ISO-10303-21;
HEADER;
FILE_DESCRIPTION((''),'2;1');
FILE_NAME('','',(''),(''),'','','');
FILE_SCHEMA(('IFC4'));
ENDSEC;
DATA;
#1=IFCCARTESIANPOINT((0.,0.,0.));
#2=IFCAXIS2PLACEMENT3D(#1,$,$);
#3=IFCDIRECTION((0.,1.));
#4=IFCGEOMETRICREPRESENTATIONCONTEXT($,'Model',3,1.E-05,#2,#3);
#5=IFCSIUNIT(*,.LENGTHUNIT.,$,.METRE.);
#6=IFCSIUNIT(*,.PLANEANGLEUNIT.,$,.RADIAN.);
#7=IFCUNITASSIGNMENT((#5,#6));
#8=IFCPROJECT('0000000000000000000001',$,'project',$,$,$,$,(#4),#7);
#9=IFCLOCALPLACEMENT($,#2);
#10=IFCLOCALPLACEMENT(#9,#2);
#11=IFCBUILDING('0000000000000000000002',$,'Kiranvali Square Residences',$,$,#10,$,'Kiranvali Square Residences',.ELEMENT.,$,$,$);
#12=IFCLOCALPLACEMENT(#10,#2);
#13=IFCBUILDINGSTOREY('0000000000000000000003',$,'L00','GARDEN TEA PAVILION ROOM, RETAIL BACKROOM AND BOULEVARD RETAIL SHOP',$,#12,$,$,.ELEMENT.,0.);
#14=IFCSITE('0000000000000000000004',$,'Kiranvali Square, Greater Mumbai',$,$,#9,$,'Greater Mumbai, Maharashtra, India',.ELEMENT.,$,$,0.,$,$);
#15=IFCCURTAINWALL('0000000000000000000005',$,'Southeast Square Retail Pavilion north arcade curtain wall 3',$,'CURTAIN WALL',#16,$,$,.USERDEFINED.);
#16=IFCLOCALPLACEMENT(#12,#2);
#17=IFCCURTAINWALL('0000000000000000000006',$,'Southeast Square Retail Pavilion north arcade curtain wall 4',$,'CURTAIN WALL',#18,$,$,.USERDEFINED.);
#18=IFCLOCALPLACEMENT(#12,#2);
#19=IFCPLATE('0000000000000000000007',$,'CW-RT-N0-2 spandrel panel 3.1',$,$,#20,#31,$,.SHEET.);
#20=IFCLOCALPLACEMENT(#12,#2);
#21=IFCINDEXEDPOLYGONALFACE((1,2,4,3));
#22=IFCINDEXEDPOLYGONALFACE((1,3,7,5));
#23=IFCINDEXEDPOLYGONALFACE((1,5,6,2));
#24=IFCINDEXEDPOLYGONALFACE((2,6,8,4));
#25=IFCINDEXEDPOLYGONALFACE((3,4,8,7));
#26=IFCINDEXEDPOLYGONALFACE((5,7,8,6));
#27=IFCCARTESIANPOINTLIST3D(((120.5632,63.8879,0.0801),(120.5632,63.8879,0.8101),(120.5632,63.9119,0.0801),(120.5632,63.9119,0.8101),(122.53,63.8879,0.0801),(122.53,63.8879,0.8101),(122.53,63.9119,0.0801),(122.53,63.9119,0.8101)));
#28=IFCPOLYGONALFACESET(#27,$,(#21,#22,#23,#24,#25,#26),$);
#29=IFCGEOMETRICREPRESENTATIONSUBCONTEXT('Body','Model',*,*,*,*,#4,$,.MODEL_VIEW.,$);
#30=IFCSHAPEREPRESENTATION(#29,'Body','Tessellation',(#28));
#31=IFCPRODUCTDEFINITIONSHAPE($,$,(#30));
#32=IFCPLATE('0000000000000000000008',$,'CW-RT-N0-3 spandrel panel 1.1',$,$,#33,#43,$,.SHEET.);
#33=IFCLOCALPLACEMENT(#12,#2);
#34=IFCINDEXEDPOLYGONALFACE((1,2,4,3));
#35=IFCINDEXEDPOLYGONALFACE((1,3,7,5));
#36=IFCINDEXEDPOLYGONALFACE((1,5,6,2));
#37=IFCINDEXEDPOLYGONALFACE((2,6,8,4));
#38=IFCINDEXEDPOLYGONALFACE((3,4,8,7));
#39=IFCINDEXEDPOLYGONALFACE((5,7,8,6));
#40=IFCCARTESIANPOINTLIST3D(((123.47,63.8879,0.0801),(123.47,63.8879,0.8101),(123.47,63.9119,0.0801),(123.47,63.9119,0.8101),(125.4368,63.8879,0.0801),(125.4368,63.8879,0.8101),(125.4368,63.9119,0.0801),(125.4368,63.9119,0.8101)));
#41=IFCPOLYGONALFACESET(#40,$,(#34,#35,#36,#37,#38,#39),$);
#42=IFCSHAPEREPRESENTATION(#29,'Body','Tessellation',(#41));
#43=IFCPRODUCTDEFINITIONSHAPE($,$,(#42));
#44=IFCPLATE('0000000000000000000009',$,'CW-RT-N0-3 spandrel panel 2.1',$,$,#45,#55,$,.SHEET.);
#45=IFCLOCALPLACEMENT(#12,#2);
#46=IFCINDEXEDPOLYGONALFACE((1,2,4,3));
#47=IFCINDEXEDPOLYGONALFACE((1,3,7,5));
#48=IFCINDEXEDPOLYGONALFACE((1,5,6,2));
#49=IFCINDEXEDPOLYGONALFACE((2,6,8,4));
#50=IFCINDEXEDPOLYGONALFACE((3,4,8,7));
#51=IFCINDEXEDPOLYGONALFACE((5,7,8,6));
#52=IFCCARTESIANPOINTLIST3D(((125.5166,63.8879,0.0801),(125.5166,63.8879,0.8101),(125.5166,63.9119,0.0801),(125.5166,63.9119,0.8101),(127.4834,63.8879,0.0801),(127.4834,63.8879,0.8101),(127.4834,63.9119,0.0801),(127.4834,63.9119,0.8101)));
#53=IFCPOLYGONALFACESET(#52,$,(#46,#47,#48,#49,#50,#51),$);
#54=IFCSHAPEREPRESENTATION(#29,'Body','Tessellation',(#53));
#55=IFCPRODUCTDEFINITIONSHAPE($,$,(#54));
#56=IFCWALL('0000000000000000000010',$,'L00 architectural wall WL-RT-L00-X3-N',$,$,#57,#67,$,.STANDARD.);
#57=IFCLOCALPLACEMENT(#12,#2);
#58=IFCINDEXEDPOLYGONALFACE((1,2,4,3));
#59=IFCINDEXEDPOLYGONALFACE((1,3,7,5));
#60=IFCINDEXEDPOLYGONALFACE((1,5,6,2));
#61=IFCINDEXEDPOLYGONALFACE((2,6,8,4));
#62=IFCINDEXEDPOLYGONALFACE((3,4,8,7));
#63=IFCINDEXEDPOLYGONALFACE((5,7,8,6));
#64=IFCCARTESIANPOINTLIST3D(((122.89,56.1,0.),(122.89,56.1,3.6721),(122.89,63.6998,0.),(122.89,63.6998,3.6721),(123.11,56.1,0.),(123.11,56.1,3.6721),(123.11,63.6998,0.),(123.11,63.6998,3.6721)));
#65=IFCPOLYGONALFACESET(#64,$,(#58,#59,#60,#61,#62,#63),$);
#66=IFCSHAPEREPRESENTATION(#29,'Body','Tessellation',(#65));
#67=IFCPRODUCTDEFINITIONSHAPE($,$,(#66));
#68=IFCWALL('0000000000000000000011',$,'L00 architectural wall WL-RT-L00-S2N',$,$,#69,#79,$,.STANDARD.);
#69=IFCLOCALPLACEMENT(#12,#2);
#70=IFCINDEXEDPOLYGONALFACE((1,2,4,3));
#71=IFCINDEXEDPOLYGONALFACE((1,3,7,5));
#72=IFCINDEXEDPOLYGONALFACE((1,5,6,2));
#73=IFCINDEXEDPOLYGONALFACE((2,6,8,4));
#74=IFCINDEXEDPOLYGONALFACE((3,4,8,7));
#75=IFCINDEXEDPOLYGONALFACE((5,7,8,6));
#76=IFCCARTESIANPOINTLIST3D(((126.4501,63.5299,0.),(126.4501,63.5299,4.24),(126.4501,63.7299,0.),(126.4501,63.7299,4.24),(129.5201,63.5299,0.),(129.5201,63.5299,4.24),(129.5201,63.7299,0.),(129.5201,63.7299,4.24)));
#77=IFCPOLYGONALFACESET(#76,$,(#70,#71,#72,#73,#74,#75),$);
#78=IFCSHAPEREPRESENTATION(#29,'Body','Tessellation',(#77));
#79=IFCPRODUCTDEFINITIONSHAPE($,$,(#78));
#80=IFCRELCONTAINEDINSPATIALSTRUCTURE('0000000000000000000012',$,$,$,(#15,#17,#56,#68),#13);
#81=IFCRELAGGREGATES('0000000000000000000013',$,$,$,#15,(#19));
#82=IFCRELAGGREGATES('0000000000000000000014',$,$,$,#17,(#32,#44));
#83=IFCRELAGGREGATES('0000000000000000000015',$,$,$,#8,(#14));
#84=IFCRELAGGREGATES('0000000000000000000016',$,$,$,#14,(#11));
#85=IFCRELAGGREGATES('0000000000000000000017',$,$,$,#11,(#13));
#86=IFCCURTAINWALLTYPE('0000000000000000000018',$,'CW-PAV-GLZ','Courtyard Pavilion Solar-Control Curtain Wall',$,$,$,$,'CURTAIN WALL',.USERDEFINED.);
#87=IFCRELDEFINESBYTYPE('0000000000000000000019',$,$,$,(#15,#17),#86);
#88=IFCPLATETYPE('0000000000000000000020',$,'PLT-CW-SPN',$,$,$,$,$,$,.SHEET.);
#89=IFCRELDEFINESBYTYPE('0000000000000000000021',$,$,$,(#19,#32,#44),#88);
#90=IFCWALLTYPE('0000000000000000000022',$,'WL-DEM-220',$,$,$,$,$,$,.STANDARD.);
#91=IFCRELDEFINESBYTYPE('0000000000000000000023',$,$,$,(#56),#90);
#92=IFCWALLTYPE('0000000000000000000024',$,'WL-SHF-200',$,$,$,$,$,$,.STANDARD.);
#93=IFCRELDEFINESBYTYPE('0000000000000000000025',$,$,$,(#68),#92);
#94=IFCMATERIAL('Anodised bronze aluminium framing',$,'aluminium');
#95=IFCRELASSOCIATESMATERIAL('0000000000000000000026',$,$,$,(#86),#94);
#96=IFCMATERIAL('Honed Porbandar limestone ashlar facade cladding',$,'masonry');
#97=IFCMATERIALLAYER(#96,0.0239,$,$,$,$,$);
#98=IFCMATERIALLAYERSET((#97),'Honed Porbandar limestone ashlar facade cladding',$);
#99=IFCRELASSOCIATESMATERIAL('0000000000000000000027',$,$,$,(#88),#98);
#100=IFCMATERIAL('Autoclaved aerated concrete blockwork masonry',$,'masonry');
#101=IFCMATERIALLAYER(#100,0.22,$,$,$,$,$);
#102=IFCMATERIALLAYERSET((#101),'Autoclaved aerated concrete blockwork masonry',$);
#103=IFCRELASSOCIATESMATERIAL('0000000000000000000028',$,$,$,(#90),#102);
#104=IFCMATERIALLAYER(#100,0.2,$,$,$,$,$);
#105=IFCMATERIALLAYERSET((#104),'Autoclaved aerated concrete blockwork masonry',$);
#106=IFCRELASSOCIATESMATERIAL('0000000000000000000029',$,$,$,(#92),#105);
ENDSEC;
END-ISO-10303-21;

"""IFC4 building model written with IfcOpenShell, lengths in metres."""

from ifc_helpers import new_model, si_unit, direction, frame, frame_2d, origin, origin_2d, place, context, subcontext, project, spatial, rectangle, extrude, material, layer, layer_set, type_object, element, aggregate, save


model = new_model("IFC4")

# Units and contexts
model_context = context("Model", 3, precision=1e-05, world=origin(), true_north=direction((0.0, 1.0)))
body_context = subcontext(model_context, "Body", "Model", "MODEL_VIEW")
ifc_project = project(units=[si_unit("LENGTHUNIT", "METRE"), si_unit("PLANEANGLEUNIT", "RADIAN")], contexts=[model_context])

# Site, building, storey
site_placement = place(None, origin())
site = spatial("IfcSite", under=ifc_project, at=site_placement, Name="Kiranvali Square, Greater Mumbai", LongName="Greater Mumbai, Maharashtra, India", CompositionType="ELEMENT", RefElevation=0.0)
building_placement = place(site_placement, origin())
building = spatial("IfcBuilding", under=site, at=building_placement, Name="Kiranvali Square Residences", LongName="Kiranvali Square Residences", CompositionType="ELEMENT")
storey_placement = place(building_placement, origin())
storey = spatial("IfcBuildingStorey", under=building, at=storey_placement, Name="L00", Description="GARDEN TEA PAVILION ROOM, RETAIL BACKROOM AND BOULEVARD RETAIL SHOP", CompositionType="ELEMENT", Elevation=0.0)

# Curtain walls
ifc_material_1 = material(Name="Anodised bronze aluminium framing", Category="aluminium")
curtain_wall_type = type_object("IfcCurtainWallType", Name="CW-PAV-GLZ", Description="Courtyard Pavilion Solar-Control Curtain Wall", ElementType="CURTAIN WALL", PredefinedType="USERDEFINED", material=ifc_material_1)
curtain_wall_1_placement = place(storey_placement, origin())
curtain_wall_1 = element("IfcCurtainWall", 1, at=curtain_wall_1_placement, inside=storey, type_object=curtain_wall_type, Name="Southeast Square Retail Pavilion north arcade curtain wall 3", ObjectType="CURTAIN WALL", PredefinedType="USERDEFINED")
curtain_wall_2_placement = place(storey_placement, origin())
curtain_wall_2 = element("IfcCurtainWall", 2, at=curtain_wall_2_placement, inside=storey, type_object=curtain_wall_type, Name="Southeast Square Retail Pavilion north arcade curtain wall 4", ObjectType="CURTAIN WALL", PredefinedType="USERDEFINED")

# Plates
ifc_material_2 = material(Name="Honed Porbandar limestone ashlar facade cladding", Category="masonry")
ifc_layer_1 = layer(ifc_material_2, 0.0239)
ifc_layer_set_1 = layer_set([ifc_layer_1], Name="Honed Porbandar limestone ashlar facade cladding")
plate_type_1 = type_object("IfcPlateType", Name="PLT-CW-SPN", PredefinedType="SHEET", material=ifc_layer_set_1)
plate_1_placement = place(storey_placement, frame((121.5466, 63.8999, 0.0801), z_axis=(0.0, 0.0, 1.0), x_axis=(1.0, 0.0, 0.0)))
plate_1 = element("IfcPlate", 3, at=plate_1_placement, type_object=plate_type_1, Name="CW-RT-N0-2 spandrel panel 3.1", PredefinedType="SHEET", context=body_context, shape_type="SweptSolid", body=[
    extrude(rectangle(XDim=1.9668, YDim=0.0239, at=origin_2d()), origin(), (0.0, 0.0, 1.0), 0.73),
])
aggregate(curtain_wall_1, [plate_1])
plate_2_placement = place(storey_placement, frame((124.4534, 63.8999, 0.0801), z_axis=(0.0, 0.0, 1.0), x_axis=(1.0, 0.0, 0.0)))
plate_2 = element("IfcPlate", 4, at=plate_2_placement, type_object=plate_type_1, Name="CW-RT-N0-3 spandrel panel 1.1", PredefinedType="SHEET", context=body_context, shape_type="SweptSolid", body=[
    extrude(rectangle(XDim=1.9668, YDim=0.0239, at=origin_2d()), origin(), (0.0, 0.0, 1.0), 0.73),
])
plate_3_placement = place(storey_placement, frame((126.5, 63.8999, 0.0801), z_axis=(0.0, 0.0, 1.0), x_axis=(1.0, 0.0, 0.0)))
plate_3 = element("IfcPlate", 5, at=plate_3_placement, type_object=plate_type_1, Name="CW-RT-N0-3 spandrel panel 2.1", PredefinedType="SHEET", context=body_context, shape_type="SweptSolid", body=[
    extrude(rectangle(XDim=1.9668, YDim=0.0239, at=origin_2d()), origin(), (0.0, 0.0, 1.0), 0.73),
])
aggregate(curtain_wall_2, [plate_2, plate_3])

# Walls
ifc_material_3 = material(Name="Autoclaved aerated concrete blockwork masonry", Category="masonry")
ifc_layer_2 = layer(ifc_material_3, 0.22)
ifc_layer_set_2 = layer_set([ifc_layer_2], Name="Autoclaved aerated concrete blockwork masonry")
wall_type_1 = type_object("IfcWallType", Name="WL-DEM-220", PredefinedType="STANDARD", material=ifc_layer_set_2)
wall_1_placement = place(storey_placement, frame((123.0, 56.1001, 0.0), z_axis=(0.0, 0.0, 1.0), x_axis=(0.0, 1.0, 0.0)))
element("IfcWall", 6, at=wall_1_placement, inside=storey, type_object=wall_type_1, Name="L00 architectural wall WL-RT-L00-X3-N", PredefinedType="STANDARD", context=body_context, shape_type="SweptSolid", body=[
    extrude(rectangle(XDim=7.5999, YDim=0.22, at=frame_2d((3.7998, 0.0))), origin(), (0.0, 0.0, 1.0), 3.6721),
])
ifc_layer_3 = layer(ifc_material_3, 0.2)
ifc_layer_set_3 = layer_set([ifc_layer_3], Name="Autoclaved aerated concrete blockwork masonry")
wall_type_2 = type_object("IfcWallType", Name="WL-SHF-200", PredefinedType="STANDARD", material=ifc_layer_set_3)
wall_2_placement = place(storey_placement, frame((126.45, 63.6299, 0.0), z_axis=(0.0, 0.0, 1.0), x_axis=(1.0, 0.0, 0.0)))
element("IfcWall", 7, at=wall_2_placement, inside=storey, type_object=wall_type_2, Name="L00 architectural wall WL-RT-L00-S2N", PredefinedType="STANDARD", context=body_context, shape_type="SweptSolid", body=[
    extrude(rectangle(XDim=3.0701, YDim=0.2, at=frame_2d((1.5352, 0.0))), origin(), (0.0, 0.0, 1.0), 4.24),
])

save(model, "model.ifc")
